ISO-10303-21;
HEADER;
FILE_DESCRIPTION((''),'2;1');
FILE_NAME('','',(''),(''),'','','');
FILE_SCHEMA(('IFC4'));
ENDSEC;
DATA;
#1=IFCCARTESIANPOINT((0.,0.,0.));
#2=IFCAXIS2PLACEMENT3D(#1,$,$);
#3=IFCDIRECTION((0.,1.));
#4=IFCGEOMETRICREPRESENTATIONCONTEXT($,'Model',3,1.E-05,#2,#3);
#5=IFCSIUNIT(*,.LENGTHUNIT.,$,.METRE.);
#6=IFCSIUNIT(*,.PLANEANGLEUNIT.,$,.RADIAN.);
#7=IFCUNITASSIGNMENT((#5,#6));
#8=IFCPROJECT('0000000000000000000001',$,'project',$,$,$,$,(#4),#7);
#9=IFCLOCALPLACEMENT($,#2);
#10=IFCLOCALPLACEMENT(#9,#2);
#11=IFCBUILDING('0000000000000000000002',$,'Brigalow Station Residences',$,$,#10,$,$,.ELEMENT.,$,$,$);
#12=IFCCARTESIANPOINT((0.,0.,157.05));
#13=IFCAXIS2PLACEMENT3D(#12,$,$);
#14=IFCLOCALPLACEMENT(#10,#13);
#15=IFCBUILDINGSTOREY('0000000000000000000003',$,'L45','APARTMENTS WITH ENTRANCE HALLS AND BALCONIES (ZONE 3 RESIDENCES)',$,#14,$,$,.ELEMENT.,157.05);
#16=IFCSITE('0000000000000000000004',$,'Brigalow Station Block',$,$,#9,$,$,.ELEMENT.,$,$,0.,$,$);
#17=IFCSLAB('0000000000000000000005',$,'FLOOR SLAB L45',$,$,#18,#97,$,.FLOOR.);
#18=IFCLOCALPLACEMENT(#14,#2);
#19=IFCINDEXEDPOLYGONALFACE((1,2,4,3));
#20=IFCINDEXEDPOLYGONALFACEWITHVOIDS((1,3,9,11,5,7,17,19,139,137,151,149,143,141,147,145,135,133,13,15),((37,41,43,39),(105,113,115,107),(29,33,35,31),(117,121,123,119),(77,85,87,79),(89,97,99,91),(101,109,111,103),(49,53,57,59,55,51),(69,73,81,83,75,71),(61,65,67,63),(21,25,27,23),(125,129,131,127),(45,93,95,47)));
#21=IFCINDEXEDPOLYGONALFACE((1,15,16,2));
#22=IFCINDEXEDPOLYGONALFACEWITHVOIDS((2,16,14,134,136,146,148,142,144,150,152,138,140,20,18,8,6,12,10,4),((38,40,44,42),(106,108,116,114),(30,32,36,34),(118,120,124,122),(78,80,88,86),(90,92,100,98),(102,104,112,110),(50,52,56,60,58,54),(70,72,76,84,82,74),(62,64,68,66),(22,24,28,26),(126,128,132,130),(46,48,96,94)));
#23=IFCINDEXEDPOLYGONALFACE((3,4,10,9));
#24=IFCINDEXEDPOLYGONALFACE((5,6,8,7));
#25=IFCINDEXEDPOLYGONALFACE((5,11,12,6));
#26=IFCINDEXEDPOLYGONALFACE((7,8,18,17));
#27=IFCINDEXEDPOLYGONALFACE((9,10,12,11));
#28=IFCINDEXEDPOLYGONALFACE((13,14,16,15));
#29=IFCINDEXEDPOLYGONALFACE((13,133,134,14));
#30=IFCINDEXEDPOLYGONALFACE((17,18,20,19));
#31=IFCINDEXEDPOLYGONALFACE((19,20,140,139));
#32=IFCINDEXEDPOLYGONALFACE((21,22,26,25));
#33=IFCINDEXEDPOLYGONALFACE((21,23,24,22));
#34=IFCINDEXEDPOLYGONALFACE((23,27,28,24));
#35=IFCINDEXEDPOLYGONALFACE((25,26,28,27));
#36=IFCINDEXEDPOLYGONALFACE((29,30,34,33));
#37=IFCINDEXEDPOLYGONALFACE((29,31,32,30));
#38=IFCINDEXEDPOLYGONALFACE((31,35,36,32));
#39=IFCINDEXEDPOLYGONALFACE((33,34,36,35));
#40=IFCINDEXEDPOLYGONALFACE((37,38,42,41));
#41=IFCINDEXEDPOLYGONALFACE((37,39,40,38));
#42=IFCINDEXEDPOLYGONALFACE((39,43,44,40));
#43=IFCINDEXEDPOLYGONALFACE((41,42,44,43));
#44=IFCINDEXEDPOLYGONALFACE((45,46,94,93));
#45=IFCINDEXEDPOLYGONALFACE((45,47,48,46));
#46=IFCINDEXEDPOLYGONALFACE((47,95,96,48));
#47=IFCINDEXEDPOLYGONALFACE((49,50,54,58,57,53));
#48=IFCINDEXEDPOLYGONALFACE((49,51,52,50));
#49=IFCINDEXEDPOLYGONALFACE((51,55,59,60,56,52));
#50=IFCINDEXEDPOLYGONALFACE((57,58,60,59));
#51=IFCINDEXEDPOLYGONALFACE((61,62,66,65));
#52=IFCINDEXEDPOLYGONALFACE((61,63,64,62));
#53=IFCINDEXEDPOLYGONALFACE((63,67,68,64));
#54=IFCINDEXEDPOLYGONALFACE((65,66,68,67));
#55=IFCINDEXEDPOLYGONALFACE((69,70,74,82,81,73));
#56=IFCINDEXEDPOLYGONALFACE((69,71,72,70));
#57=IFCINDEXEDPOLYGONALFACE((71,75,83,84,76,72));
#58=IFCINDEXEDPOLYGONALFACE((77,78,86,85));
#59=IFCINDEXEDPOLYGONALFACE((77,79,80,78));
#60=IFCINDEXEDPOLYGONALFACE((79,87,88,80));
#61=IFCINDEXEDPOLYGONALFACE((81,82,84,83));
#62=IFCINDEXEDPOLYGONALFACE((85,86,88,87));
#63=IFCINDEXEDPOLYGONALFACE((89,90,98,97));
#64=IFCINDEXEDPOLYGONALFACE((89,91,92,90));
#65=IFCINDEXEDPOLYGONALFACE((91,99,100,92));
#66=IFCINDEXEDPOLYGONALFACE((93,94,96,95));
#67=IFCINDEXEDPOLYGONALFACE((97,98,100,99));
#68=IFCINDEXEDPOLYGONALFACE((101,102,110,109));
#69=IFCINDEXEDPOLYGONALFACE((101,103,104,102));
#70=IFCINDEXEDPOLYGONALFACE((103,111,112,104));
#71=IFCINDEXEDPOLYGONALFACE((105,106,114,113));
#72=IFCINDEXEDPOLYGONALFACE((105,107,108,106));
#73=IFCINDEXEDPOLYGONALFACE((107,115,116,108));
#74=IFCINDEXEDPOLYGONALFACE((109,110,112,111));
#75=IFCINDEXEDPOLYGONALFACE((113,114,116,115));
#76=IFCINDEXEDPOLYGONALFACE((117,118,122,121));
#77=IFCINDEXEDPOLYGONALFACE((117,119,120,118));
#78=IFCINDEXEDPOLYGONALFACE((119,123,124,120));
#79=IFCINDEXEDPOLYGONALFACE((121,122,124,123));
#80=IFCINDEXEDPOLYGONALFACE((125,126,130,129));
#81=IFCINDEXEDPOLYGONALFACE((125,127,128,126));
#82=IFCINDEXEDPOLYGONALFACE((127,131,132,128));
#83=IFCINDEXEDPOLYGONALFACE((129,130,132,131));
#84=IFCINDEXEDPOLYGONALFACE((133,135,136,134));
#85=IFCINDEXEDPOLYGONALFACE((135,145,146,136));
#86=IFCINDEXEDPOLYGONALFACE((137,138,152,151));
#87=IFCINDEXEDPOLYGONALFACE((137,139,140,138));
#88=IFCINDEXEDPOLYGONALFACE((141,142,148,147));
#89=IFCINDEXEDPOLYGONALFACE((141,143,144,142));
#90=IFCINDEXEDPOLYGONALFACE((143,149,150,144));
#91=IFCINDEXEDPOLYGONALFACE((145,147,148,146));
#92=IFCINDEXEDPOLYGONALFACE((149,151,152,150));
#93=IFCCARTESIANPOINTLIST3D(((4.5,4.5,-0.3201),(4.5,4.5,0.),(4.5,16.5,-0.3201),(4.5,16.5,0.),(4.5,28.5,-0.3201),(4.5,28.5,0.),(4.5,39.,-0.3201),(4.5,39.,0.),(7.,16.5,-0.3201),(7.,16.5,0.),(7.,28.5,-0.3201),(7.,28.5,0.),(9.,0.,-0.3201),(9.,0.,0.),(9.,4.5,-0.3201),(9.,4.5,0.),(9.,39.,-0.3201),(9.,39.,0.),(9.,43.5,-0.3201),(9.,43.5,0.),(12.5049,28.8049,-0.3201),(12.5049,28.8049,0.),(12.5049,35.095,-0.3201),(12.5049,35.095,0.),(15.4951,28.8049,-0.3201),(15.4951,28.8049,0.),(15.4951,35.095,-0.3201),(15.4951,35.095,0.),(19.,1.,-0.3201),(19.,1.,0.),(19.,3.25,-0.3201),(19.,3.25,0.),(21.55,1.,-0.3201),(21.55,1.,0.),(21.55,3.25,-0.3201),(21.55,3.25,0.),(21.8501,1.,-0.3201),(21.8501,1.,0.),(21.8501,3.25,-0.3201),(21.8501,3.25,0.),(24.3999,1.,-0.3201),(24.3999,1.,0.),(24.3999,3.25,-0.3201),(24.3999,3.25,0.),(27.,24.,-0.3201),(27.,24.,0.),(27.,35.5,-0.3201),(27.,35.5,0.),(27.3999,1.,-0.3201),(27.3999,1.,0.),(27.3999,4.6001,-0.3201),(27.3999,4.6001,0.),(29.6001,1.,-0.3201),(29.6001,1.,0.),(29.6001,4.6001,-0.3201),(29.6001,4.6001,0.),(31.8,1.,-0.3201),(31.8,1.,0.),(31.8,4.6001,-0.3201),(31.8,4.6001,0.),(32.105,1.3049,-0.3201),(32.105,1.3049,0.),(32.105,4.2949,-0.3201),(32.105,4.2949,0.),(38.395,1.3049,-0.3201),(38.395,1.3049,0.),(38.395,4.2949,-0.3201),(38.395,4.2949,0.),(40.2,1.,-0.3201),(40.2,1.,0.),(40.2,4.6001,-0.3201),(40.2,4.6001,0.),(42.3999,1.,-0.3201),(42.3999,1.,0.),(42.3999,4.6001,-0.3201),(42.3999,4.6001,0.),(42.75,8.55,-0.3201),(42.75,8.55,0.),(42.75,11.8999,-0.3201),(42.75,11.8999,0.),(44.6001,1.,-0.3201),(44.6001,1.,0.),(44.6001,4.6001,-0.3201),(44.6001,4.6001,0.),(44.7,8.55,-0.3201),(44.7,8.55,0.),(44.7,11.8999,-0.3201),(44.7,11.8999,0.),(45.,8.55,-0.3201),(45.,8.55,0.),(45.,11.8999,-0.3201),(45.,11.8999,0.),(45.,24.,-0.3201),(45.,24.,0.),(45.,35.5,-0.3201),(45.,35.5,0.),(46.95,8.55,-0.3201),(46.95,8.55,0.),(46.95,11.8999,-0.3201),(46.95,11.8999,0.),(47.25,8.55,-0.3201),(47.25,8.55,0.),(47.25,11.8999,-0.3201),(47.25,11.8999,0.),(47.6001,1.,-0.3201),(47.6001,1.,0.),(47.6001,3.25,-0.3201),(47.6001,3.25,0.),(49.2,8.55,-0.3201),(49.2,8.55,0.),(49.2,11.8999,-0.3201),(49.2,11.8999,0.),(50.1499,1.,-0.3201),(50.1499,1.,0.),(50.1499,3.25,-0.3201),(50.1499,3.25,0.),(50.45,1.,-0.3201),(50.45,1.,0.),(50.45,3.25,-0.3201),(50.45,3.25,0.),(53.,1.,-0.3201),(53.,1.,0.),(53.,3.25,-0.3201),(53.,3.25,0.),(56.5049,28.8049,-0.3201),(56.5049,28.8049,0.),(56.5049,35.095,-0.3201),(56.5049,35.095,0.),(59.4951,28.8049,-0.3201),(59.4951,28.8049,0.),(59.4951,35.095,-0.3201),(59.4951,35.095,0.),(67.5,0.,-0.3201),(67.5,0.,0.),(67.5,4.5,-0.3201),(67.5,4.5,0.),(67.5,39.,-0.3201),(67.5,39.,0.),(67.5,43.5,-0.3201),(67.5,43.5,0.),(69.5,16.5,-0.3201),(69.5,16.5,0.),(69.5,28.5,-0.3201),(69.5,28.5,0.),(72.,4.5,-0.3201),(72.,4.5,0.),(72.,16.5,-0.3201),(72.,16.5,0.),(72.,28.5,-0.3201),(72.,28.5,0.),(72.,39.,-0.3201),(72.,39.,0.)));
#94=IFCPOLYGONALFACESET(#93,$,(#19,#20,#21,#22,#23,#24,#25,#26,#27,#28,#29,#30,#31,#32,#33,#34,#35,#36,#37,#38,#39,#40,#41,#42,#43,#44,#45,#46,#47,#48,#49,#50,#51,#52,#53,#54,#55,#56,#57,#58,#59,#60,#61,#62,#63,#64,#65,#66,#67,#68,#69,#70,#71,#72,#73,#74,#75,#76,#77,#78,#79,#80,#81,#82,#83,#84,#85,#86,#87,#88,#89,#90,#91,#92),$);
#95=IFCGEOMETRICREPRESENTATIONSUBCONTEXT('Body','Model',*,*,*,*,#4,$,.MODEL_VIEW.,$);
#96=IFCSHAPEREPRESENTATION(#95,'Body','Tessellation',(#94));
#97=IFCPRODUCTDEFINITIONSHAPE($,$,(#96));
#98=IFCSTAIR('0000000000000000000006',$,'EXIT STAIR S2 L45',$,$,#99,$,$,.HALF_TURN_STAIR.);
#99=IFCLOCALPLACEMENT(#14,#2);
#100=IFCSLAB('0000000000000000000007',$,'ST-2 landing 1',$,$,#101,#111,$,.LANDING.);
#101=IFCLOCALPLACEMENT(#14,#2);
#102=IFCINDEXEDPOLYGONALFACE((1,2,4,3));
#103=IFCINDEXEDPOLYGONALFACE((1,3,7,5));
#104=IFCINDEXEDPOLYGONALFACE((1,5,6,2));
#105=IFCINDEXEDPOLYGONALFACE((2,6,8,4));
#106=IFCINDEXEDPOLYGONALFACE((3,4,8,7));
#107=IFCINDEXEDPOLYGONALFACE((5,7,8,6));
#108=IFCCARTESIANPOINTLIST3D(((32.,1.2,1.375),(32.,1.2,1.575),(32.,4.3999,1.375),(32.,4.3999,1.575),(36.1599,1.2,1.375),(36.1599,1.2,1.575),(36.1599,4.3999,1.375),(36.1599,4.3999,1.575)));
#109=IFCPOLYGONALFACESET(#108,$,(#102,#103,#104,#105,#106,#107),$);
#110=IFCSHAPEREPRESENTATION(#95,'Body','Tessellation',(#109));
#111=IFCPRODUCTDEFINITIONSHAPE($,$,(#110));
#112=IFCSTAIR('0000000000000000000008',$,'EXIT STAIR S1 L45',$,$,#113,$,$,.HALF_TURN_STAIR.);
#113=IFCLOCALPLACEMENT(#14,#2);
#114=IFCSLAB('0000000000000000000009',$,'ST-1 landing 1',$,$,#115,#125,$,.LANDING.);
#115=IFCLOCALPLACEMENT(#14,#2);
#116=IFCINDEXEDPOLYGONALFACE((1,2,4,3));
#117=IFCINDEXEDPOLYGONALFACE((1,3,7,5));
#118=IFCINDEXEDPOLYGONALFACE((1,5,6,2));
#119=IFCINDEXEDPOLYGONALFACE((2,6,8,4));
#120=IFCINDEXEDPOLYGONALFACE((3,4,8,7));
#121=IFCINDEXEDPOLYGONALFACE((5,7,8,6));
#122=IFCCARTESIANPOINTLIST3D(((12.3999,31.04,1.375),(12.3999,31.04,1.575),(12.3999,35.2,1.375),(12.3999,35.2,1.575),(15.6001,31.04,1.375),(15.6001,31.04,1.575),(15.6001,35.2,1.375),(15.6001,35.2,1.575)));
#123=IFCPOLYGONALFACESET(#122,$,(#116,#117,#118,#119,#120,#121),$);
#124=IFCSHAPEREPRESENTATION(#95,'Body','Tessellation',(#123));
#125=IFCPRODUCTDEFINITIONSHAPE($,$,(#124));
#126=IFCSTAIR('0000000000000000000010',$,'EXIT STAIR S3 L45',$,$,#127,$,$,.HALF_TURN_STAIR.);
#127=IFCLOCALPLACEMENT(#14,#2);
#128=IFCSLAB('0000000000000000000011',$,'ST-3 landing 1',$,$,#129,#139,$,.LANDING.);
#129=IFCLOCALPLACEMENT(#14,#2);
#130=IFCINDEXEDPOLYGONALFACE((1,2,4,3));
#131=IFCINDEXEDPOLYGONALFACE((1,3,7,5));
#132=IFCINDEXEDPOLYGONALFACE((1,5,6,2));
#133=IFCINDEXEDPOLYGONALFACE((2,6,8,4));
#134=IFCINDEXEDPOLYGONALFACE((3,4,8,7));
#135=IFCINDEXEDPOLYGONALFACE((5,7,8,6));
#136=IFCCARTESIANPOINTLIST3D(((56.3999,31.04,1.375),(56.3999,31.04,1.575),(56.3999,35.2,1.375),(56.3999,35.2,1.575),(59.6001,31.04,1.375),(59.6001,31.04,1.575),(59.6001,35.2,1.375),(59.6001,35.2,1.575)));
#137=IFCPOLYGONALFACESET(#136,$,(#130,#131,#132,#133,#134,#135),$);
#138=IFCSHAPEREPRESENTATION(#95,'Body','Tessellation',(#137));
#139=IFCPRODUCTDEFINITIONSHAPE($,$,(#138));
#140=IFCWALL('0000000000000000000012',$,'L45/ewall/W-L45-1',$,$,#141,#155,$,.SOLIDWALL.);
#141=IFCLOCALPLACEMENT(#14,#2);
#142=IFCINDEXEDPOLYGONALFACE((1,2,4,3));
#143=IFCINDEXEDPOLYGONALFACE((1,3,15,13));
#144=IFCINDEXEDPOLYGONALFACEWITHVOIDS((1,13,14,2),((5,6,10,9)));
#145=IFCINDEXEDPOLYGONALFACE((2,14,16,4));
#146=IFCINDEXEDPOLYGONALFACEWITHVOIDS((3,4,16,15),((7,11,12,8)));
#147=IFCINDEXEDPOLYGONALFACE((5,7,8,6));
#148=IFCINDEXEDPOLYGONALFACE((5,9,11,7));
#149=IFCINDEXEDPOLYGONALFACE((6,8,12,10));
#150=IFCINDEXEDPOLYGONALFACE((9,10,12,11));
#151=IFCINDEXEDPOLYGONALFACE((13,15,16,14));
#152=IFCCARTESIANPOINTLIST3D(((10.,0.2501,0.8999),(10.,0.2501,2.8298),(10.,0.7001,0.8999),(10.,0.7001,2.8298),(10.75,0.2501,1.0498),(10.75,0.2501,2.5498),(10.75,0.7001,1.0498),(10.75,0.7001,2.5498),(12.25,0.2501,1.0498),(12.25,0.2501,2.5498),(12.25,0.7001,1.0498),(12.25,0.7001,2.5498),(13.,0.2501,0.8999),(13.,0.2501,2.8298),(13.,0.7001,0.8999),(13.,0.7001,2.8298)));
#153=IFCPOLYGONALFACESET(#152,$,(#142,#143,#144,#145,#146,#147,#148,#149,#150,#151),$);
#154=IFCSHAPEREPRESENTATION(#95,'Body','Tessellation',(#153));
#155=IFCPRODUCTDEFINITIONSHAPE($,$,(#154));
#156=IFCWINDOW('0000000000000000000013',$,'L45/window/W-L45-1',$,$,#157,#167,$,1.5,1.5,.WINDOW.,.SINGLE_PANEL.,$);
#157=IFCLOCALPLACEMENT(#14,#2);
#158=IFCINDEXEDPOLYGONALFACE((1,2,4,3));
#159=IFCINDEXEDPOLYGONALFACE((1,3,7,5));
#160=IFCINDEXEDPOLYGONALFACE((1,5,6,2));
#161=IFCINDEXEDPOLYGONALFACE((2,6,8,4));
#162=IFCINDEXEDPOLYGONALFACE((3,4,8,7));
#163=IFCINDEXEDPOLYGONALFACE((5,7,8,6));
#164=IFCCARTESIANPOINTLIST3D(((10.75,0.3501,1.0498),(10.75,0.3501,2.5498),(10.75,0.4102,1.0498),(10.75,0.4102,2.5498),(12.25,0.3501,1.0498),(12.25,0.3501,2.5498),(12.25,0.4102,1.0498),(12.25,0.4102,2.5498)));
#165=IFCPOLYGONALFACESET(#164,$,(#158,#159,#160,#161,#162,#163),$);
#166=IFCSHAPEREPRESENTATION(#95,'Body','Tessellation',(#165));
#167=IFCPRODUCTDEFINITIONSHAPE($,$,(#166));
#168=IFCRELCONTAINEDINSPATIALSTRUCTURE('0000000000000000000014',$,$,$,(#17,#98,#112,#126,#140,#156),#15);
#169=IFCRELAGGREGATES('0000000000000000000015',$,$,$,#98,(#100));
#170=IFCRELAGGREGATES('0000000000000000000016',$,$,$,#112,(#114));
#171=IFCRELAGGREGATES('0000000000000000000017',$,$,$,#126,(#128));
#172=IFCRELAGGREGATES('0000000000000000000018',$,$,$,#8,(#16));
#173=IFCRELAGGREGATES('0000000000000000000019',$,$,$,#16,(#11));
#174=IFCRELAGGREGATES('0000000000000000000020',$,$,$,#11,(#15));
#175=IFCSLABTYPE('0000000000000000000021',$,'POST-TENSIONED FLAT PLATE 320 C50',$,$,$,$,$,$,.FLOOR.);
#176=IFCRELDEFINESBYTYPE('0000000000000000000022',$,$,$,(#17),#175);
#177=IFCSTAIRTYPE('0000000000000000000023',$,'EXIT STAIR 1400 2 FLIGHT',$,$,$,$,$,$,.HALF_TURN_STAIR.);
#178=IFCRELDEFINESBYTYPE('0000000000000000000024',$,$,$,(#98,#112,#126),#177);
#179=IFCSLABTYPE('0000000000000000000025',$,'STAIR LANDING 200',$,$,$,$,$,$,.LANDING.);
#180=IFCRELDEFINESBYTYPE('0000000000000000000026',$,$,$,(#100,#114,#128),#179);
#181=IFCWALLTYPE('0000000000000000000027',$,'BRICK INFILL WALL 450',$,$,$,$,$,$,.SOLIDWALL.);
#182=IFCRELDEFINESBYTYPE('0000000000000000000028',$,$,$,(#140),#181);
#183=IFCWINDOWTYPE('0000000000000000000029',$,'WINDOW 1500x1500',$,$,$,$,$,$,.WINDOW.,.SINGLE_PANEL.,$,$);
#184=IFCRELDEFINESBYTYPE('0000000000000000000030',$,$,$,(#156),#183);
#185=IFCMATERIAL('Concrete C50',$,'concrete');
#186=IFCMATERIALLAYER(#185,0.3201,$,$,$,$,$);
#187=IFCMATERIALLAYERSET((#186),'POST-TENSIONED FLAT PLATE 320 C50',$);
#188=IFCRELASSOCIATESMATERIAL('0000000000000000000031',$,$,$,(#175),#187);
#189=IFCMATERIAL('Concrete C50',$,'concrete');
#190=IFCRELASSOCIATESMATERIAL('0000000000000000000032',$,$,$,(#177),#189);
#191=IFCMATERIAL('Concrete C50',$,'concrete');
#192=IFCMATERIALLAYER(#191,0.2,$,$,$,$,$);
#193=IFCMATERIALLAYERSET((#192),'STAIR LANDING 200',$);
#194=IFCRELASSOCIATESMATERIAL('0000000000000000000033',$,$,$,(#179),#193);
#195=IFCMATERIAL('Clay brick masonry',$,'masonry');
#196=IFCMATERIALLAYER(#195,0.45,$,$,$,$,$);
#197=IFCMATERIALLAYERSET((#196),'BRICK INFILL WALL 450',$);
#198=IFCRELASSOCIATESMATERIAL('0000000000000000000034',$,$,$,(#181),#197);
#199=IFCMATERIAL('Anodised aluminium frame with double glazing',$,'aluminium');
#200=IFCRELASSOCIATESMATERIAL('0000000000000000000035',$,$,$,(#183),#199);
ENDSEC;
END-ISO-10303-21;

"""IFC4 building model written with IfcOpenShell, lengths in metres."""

from ifc_helpers import new_model, si_unit, direction, frame, frame_2d, origin, place, context, subcontext, project, spatial, polyline, rectangle, outline, extrude, material, layer, layer_set, type_object, element, fill, aggregate, save


model = new_model("IFC4")

# Units and contexts
model_context = context("Model", 3, precision=1e-05, world=origin(), true_north=direction((0.0, 1.0)))
body_context = subcontext(model_context, "Body", "Model", "MODEL_VIEW")
ifc_project = project(units=[si_unit("LENGTHUNIT", "METRE"), si_unit("PLANEANGLEUNIT", "RADIAN")], contexts=[model_context])

# Site, building, storey
site_placement = place(None, origin())
site = spatial("IfcSite", under=ifc_project, at=site_placement, Name="Brigalow Station Block", CompositionType="ELEMENT", RefElevation=0.0)
building_placement = place(site_placement, origin())
building = spatial("IfcBuilding", under=site, at=building_placement, Name="Brigalow Station Residences", CompositionType="ELEMENT")
storey_placement = place(building_placement, frame((0.0, 0.0, 157.05)))
storey = spatial("IfcBuildingStorey", under=building, at=storey_placement, Name="L45", Description="APARTMENTS WITH ENTRANCE HALLS AND BALCONIES (ZONE 3 RESIDENCES)", CompositionType="ELEMENT", Elevation=157.05)

# Slab
ifc_material_1 = material(Name="Concrete C50", Category="concrete")
ifc_layer_1 = layer(ifc_material_1, 0.3201)
ifc_layer_set_1 = layer_set([ifc_layer_1], Name="POST-TENSIONED FLAT PLATE 320 C50")
slab_type_1 = type_object("IfcSlabType", Name="POST-TENSIONED FLAT PLATE 320 C50", PredefinedType="FLOOR", material=ifc_layer_set_1)
slab_1_placement = place(storey_placement, frame((0.0, 0.0, -0.3201)))
element("IfcSlab", 1, at=slab_1_placement, inside=storey, type_object=slab_type_1, Name="FLOOR SLAB L45", PredefinedType="FLOOR", context=body_context, shape_type="SweptSolid", body=[
    extrude(outline(polyline([(9.0, 0.0), (67.5, 0.0), (67.5, 4.5), (72.0, 4.5), (72.0, 16.5), (69.5, 16.5), (69.5, 28.5), (72.0, 28.5), (72.0, 39.0), (67.5, 39.0), (67.5, 43.5), (9.0, 43.5), (9.0, 39.0), (4.5, 39.0), (4.5, 28.5), (7.0, 28.5), (7.0, 16.5), (4.5, 16.5), (4.5, 4.5), (9.0, 4.5), (9.0, 0.0)]), holes=[polyline([(12.5049, 35.095), (15.4951, 35.095), (15.4951, 28.8049), (12.5049, 28.8049), (12.5049, 35.095)]), polyline([(19.0, 1.0), (19.0, 3.25), (21.55, 3.25), (21.55, 1.0), (19.0, 1.0)]), polyline([(21.8501, 3.25), (24.3999, 3.25), (24.3999, 1.0), (21.8501, 1.0), (21.8501, 3.25)]), polyline([(27.0, 35.5), (45.0, 35.5), (45.0, 24.0), (27.0, 24.0), (27.0, 35.5)]), polyline([(29.6001, 4.6001), (31.8, 4.6001), (31.8, 1.0), (29.6001, 1.0), (27.3999, 1.0), (27.3999, 4.6001), (29.6001, 4.6001)]), polyline([(32.105, 4.2949), (38.395, 4.2949), (38.395, 1.3049), (32.105, 1.3049), (32.105, 4.2949)]), polyline([(40.2, 4.6001), (42.3999, 4.6001), (44.6001, 4.6001), (44.6001, 1.0), (42.3999, 1.0), (40.2, 1.0), (40.2, 4.6001)]), polyline([(42.75, 11.8999), (44.7, 11.8999), (44.7, 8.55), (42.75, 8.55), (42.75, 11.8999)]), polyline([(45.0, 11.8999), (46.95, 11.8999), (46.95, 8.55), (45.0, 8.55), (45.0, 11.8999)]), polyline([(47.25, 11.8999), (49.2, 11.8999), (49.2, 8.55), (47.25, 8.55), (47.25, 11.8999)]), polyline([(47.6001, 3.25), (50.1499, 3.25), (50.1499, 1.0), (47.6001, 1.0), (47.6001, 3.25)]), polyline([(50.45, 3.25), (53.0, 3.25), (53.0, 1.0), (50.45, 1.0), (50.45, 3.25)]), polyline([(56.5049, 35.095), (59.4951, 35.095), (59.4951, 28.8049), (56.5049, 28.8049), (56.5049, 35.095)])]), origin(), (0.0, 0.0, 1.0), 0.3201),
])

# Stairs, slabs
ifc_material_2 = material(Name="Concrete C50", Category="concrete")
stair_type = type_object("IfcStairType", Name="EXIT STAIR 1400 2 FLIGHT", PredefinedType="HALF_TURN_STAIR", material=ifc_material_2)
stair_1_placement = place(storey_placement, origin())
stair_1 = element("IfcStair", 2, at=stair_1_placement, inside=storey, type_object=stair_type, Name="EXIT STAIR S2 L45", PredefinedType="HALF_TURN_STAIR")
ifc_material_3 = material(Name="Concrete C50", Category="concrete")
ifc_layer_2 = layer(ifc_material_3, 0.2)
ifc_layer_set_2 = layer_set([ifc_layer_2], Name="STAIR LANDING 200")
slab_type_2 = type_object("IfcSlabType", Name="STAIR LANDING 200", PredefinedType="LANDING", material=ifc_layer_set_2)
slab_2_placement = place(storey_placement, frame((0.0, 0.0, 1.375)))
slab_2 = element("IfcSlab", 3, at=slab_2_placement, type_object=slab_type_2, Name="ST-2 landing 1", PredefinedType="LANDING", context=body_context, shape_type="SweptSolid", body=[
    extrude(outline(polyline([(32.0, 1.2), (36.1599, 1.2), (36.1599, 4.3999), (32.0, 4.3999), (32.0, 1.2)])), origin(), (0.0, 0.0, 1.0), 0.2),
])
aggregate(stair_1, [slab_2])
stair_2_placement = place(storey_placement, origin())
stair_2 = element("IfcStair", 4, at=stair_2_placement, inside=storey, type_object=stair_type, Name="EXIT STAIR S1 L45", PredefinedType="HALF_TURN_STAIR")
slab_3_placement = place(storey_placement, frame((0.0, 0.0, 1.375)))
slab_3 = element("IfcSlab", 5, at=slab_3_placement, type_object=slab_type_2, Name="ST-1 landing 1", PredefinedType="LANDING", context=body_context, shape_type="SweptSolid", body=[
    extrude(outline(polyline([(12.3999, 31.04), (15.6001, 31.04), (15.6001, 35.2), (12.3999, 35.2), (12.3999, 31.04)])), origin(), (0.0, 0.0, 1.0), 0.2),
])
aggregate(stair_2, [slab_3])
stair_3_placement = place(storey_placement, origin())
stair_3 = element("IfcStair", 6, at=stair_3_placement, inside=storey, type_object=stair_type, Name="EXIT STAIR S3 L45", PredefinedType="HALF_TURN_STAIR")
slab_4_placement = place(storey_placement, frame((0.0, 0.0, 1.375)))
slab_4 = element("IfcSlab", 7, at=slab_4_placement, type_object=slab_type_2, Name="ST-3 landing 1", PredefinedType="LANDING", context=body_context, shape_type="SweptSolid", body=[
    extrude(outline(polyline([(56.3999, 31.04), (59.6001, 31.04), (59.6001, 35.2), (56.3999, 35.2), (56.3999, 31.04)])), origin(), (0.0, 0.0, 1.0), 0.2),
])
aggregate(stair_3, [slab_4])

# Wall, opening, window
ifc_material_4 = material(Name="Clay brick masonry", Category="masonry")
ifc_layer_3 = layer(ifc_material_4, 0.45)
ifc_layer_set_3 = layer_set([ifc_layer_3], Name="BRICK INFILL WALL 450")
wall_type_1 = type_object("IfcWallType", Name="BRICK INFILL WALL 450", PredefinedType="SOLIDWALL", material=ifc_layer_set_3)
wall_1_placement = place(storey_placement, frame((10.0, 0.4751, 0.8999), z_axis=(0.0, 0.0, 1.0), x_axis=(1.0, 0.0, 0.0)))
wall_1 = element("IfcWall", 8, at=wall_1_placement, inside=storey, type_object=wall_type_1, Name="L45/ewall/W-L45-1", PredefinedType="SOLIDWALL", context=body_context, shape_type="SweptSolid", body=[
    extrude(rectangle(XDim=3.0, YDim=0.45, at=frame_2d((1.5, 0.0))), origin(), (0.0, 0.0, 1.0), 1.9299),
])
opening_1_placement = place(wall_1_placement, frame((0.75, 0.0, 0.1499)))
opening_1 = element("IfcOpeningElement", 9, at=opening_1_placement, cuts=wall_1, PredefinedType="OPENING", context=body_context, shape_type="SweptSolid", body=[
    extrude(rectangle(XDim=1.5, YDim=1.5, at=frame_2d((0.75, 0.75))), frame((0.0, 0.2349, 0.0), z_axis=(0.0, -1.0, 0.0), x_axis=(1.0, 0.0, 0.0)), (0.0, 0.0, 1.0), 0.47),
])
ifc_material_5 = material(Name="Anodised aluminium frame with double glazing", Category="aluminium")
window_type_1 = type_object("IfcWindowType", Name="WINDOW 1500x1500", PartitioningType="SINGLE_PANEL", PredefinedType="WINDOW", material=ifc_material_5)
window_1_placement = place(opening_1_placement, origin())
window_1 = element("IfcWindow", 10, at=window_1_placement, inside=storey, type_object=window_type_1, Name="L45/window/W-L45-1", OverallHeight=1.5, OverallWidth=1.5, PartitioningType="SINGLE_PANEL", PredefinedType="WINDOW", context=body_context, shape_type="SweptSolid", body=[
    extrude(rectangle(XDim=1.5, YDim=1.5, at=frame_2d((0.75, 0.75))), frame((0.0, -0.0649, 0.0), z_axis=(0.0, -1.0, 0.0), x_axis=(1.0, 0.0, 0.0)), (0.0, 0.0, 1.0), 0.0601),
])
fill(opening_1, window_1)

save(model, "model.ifc")
